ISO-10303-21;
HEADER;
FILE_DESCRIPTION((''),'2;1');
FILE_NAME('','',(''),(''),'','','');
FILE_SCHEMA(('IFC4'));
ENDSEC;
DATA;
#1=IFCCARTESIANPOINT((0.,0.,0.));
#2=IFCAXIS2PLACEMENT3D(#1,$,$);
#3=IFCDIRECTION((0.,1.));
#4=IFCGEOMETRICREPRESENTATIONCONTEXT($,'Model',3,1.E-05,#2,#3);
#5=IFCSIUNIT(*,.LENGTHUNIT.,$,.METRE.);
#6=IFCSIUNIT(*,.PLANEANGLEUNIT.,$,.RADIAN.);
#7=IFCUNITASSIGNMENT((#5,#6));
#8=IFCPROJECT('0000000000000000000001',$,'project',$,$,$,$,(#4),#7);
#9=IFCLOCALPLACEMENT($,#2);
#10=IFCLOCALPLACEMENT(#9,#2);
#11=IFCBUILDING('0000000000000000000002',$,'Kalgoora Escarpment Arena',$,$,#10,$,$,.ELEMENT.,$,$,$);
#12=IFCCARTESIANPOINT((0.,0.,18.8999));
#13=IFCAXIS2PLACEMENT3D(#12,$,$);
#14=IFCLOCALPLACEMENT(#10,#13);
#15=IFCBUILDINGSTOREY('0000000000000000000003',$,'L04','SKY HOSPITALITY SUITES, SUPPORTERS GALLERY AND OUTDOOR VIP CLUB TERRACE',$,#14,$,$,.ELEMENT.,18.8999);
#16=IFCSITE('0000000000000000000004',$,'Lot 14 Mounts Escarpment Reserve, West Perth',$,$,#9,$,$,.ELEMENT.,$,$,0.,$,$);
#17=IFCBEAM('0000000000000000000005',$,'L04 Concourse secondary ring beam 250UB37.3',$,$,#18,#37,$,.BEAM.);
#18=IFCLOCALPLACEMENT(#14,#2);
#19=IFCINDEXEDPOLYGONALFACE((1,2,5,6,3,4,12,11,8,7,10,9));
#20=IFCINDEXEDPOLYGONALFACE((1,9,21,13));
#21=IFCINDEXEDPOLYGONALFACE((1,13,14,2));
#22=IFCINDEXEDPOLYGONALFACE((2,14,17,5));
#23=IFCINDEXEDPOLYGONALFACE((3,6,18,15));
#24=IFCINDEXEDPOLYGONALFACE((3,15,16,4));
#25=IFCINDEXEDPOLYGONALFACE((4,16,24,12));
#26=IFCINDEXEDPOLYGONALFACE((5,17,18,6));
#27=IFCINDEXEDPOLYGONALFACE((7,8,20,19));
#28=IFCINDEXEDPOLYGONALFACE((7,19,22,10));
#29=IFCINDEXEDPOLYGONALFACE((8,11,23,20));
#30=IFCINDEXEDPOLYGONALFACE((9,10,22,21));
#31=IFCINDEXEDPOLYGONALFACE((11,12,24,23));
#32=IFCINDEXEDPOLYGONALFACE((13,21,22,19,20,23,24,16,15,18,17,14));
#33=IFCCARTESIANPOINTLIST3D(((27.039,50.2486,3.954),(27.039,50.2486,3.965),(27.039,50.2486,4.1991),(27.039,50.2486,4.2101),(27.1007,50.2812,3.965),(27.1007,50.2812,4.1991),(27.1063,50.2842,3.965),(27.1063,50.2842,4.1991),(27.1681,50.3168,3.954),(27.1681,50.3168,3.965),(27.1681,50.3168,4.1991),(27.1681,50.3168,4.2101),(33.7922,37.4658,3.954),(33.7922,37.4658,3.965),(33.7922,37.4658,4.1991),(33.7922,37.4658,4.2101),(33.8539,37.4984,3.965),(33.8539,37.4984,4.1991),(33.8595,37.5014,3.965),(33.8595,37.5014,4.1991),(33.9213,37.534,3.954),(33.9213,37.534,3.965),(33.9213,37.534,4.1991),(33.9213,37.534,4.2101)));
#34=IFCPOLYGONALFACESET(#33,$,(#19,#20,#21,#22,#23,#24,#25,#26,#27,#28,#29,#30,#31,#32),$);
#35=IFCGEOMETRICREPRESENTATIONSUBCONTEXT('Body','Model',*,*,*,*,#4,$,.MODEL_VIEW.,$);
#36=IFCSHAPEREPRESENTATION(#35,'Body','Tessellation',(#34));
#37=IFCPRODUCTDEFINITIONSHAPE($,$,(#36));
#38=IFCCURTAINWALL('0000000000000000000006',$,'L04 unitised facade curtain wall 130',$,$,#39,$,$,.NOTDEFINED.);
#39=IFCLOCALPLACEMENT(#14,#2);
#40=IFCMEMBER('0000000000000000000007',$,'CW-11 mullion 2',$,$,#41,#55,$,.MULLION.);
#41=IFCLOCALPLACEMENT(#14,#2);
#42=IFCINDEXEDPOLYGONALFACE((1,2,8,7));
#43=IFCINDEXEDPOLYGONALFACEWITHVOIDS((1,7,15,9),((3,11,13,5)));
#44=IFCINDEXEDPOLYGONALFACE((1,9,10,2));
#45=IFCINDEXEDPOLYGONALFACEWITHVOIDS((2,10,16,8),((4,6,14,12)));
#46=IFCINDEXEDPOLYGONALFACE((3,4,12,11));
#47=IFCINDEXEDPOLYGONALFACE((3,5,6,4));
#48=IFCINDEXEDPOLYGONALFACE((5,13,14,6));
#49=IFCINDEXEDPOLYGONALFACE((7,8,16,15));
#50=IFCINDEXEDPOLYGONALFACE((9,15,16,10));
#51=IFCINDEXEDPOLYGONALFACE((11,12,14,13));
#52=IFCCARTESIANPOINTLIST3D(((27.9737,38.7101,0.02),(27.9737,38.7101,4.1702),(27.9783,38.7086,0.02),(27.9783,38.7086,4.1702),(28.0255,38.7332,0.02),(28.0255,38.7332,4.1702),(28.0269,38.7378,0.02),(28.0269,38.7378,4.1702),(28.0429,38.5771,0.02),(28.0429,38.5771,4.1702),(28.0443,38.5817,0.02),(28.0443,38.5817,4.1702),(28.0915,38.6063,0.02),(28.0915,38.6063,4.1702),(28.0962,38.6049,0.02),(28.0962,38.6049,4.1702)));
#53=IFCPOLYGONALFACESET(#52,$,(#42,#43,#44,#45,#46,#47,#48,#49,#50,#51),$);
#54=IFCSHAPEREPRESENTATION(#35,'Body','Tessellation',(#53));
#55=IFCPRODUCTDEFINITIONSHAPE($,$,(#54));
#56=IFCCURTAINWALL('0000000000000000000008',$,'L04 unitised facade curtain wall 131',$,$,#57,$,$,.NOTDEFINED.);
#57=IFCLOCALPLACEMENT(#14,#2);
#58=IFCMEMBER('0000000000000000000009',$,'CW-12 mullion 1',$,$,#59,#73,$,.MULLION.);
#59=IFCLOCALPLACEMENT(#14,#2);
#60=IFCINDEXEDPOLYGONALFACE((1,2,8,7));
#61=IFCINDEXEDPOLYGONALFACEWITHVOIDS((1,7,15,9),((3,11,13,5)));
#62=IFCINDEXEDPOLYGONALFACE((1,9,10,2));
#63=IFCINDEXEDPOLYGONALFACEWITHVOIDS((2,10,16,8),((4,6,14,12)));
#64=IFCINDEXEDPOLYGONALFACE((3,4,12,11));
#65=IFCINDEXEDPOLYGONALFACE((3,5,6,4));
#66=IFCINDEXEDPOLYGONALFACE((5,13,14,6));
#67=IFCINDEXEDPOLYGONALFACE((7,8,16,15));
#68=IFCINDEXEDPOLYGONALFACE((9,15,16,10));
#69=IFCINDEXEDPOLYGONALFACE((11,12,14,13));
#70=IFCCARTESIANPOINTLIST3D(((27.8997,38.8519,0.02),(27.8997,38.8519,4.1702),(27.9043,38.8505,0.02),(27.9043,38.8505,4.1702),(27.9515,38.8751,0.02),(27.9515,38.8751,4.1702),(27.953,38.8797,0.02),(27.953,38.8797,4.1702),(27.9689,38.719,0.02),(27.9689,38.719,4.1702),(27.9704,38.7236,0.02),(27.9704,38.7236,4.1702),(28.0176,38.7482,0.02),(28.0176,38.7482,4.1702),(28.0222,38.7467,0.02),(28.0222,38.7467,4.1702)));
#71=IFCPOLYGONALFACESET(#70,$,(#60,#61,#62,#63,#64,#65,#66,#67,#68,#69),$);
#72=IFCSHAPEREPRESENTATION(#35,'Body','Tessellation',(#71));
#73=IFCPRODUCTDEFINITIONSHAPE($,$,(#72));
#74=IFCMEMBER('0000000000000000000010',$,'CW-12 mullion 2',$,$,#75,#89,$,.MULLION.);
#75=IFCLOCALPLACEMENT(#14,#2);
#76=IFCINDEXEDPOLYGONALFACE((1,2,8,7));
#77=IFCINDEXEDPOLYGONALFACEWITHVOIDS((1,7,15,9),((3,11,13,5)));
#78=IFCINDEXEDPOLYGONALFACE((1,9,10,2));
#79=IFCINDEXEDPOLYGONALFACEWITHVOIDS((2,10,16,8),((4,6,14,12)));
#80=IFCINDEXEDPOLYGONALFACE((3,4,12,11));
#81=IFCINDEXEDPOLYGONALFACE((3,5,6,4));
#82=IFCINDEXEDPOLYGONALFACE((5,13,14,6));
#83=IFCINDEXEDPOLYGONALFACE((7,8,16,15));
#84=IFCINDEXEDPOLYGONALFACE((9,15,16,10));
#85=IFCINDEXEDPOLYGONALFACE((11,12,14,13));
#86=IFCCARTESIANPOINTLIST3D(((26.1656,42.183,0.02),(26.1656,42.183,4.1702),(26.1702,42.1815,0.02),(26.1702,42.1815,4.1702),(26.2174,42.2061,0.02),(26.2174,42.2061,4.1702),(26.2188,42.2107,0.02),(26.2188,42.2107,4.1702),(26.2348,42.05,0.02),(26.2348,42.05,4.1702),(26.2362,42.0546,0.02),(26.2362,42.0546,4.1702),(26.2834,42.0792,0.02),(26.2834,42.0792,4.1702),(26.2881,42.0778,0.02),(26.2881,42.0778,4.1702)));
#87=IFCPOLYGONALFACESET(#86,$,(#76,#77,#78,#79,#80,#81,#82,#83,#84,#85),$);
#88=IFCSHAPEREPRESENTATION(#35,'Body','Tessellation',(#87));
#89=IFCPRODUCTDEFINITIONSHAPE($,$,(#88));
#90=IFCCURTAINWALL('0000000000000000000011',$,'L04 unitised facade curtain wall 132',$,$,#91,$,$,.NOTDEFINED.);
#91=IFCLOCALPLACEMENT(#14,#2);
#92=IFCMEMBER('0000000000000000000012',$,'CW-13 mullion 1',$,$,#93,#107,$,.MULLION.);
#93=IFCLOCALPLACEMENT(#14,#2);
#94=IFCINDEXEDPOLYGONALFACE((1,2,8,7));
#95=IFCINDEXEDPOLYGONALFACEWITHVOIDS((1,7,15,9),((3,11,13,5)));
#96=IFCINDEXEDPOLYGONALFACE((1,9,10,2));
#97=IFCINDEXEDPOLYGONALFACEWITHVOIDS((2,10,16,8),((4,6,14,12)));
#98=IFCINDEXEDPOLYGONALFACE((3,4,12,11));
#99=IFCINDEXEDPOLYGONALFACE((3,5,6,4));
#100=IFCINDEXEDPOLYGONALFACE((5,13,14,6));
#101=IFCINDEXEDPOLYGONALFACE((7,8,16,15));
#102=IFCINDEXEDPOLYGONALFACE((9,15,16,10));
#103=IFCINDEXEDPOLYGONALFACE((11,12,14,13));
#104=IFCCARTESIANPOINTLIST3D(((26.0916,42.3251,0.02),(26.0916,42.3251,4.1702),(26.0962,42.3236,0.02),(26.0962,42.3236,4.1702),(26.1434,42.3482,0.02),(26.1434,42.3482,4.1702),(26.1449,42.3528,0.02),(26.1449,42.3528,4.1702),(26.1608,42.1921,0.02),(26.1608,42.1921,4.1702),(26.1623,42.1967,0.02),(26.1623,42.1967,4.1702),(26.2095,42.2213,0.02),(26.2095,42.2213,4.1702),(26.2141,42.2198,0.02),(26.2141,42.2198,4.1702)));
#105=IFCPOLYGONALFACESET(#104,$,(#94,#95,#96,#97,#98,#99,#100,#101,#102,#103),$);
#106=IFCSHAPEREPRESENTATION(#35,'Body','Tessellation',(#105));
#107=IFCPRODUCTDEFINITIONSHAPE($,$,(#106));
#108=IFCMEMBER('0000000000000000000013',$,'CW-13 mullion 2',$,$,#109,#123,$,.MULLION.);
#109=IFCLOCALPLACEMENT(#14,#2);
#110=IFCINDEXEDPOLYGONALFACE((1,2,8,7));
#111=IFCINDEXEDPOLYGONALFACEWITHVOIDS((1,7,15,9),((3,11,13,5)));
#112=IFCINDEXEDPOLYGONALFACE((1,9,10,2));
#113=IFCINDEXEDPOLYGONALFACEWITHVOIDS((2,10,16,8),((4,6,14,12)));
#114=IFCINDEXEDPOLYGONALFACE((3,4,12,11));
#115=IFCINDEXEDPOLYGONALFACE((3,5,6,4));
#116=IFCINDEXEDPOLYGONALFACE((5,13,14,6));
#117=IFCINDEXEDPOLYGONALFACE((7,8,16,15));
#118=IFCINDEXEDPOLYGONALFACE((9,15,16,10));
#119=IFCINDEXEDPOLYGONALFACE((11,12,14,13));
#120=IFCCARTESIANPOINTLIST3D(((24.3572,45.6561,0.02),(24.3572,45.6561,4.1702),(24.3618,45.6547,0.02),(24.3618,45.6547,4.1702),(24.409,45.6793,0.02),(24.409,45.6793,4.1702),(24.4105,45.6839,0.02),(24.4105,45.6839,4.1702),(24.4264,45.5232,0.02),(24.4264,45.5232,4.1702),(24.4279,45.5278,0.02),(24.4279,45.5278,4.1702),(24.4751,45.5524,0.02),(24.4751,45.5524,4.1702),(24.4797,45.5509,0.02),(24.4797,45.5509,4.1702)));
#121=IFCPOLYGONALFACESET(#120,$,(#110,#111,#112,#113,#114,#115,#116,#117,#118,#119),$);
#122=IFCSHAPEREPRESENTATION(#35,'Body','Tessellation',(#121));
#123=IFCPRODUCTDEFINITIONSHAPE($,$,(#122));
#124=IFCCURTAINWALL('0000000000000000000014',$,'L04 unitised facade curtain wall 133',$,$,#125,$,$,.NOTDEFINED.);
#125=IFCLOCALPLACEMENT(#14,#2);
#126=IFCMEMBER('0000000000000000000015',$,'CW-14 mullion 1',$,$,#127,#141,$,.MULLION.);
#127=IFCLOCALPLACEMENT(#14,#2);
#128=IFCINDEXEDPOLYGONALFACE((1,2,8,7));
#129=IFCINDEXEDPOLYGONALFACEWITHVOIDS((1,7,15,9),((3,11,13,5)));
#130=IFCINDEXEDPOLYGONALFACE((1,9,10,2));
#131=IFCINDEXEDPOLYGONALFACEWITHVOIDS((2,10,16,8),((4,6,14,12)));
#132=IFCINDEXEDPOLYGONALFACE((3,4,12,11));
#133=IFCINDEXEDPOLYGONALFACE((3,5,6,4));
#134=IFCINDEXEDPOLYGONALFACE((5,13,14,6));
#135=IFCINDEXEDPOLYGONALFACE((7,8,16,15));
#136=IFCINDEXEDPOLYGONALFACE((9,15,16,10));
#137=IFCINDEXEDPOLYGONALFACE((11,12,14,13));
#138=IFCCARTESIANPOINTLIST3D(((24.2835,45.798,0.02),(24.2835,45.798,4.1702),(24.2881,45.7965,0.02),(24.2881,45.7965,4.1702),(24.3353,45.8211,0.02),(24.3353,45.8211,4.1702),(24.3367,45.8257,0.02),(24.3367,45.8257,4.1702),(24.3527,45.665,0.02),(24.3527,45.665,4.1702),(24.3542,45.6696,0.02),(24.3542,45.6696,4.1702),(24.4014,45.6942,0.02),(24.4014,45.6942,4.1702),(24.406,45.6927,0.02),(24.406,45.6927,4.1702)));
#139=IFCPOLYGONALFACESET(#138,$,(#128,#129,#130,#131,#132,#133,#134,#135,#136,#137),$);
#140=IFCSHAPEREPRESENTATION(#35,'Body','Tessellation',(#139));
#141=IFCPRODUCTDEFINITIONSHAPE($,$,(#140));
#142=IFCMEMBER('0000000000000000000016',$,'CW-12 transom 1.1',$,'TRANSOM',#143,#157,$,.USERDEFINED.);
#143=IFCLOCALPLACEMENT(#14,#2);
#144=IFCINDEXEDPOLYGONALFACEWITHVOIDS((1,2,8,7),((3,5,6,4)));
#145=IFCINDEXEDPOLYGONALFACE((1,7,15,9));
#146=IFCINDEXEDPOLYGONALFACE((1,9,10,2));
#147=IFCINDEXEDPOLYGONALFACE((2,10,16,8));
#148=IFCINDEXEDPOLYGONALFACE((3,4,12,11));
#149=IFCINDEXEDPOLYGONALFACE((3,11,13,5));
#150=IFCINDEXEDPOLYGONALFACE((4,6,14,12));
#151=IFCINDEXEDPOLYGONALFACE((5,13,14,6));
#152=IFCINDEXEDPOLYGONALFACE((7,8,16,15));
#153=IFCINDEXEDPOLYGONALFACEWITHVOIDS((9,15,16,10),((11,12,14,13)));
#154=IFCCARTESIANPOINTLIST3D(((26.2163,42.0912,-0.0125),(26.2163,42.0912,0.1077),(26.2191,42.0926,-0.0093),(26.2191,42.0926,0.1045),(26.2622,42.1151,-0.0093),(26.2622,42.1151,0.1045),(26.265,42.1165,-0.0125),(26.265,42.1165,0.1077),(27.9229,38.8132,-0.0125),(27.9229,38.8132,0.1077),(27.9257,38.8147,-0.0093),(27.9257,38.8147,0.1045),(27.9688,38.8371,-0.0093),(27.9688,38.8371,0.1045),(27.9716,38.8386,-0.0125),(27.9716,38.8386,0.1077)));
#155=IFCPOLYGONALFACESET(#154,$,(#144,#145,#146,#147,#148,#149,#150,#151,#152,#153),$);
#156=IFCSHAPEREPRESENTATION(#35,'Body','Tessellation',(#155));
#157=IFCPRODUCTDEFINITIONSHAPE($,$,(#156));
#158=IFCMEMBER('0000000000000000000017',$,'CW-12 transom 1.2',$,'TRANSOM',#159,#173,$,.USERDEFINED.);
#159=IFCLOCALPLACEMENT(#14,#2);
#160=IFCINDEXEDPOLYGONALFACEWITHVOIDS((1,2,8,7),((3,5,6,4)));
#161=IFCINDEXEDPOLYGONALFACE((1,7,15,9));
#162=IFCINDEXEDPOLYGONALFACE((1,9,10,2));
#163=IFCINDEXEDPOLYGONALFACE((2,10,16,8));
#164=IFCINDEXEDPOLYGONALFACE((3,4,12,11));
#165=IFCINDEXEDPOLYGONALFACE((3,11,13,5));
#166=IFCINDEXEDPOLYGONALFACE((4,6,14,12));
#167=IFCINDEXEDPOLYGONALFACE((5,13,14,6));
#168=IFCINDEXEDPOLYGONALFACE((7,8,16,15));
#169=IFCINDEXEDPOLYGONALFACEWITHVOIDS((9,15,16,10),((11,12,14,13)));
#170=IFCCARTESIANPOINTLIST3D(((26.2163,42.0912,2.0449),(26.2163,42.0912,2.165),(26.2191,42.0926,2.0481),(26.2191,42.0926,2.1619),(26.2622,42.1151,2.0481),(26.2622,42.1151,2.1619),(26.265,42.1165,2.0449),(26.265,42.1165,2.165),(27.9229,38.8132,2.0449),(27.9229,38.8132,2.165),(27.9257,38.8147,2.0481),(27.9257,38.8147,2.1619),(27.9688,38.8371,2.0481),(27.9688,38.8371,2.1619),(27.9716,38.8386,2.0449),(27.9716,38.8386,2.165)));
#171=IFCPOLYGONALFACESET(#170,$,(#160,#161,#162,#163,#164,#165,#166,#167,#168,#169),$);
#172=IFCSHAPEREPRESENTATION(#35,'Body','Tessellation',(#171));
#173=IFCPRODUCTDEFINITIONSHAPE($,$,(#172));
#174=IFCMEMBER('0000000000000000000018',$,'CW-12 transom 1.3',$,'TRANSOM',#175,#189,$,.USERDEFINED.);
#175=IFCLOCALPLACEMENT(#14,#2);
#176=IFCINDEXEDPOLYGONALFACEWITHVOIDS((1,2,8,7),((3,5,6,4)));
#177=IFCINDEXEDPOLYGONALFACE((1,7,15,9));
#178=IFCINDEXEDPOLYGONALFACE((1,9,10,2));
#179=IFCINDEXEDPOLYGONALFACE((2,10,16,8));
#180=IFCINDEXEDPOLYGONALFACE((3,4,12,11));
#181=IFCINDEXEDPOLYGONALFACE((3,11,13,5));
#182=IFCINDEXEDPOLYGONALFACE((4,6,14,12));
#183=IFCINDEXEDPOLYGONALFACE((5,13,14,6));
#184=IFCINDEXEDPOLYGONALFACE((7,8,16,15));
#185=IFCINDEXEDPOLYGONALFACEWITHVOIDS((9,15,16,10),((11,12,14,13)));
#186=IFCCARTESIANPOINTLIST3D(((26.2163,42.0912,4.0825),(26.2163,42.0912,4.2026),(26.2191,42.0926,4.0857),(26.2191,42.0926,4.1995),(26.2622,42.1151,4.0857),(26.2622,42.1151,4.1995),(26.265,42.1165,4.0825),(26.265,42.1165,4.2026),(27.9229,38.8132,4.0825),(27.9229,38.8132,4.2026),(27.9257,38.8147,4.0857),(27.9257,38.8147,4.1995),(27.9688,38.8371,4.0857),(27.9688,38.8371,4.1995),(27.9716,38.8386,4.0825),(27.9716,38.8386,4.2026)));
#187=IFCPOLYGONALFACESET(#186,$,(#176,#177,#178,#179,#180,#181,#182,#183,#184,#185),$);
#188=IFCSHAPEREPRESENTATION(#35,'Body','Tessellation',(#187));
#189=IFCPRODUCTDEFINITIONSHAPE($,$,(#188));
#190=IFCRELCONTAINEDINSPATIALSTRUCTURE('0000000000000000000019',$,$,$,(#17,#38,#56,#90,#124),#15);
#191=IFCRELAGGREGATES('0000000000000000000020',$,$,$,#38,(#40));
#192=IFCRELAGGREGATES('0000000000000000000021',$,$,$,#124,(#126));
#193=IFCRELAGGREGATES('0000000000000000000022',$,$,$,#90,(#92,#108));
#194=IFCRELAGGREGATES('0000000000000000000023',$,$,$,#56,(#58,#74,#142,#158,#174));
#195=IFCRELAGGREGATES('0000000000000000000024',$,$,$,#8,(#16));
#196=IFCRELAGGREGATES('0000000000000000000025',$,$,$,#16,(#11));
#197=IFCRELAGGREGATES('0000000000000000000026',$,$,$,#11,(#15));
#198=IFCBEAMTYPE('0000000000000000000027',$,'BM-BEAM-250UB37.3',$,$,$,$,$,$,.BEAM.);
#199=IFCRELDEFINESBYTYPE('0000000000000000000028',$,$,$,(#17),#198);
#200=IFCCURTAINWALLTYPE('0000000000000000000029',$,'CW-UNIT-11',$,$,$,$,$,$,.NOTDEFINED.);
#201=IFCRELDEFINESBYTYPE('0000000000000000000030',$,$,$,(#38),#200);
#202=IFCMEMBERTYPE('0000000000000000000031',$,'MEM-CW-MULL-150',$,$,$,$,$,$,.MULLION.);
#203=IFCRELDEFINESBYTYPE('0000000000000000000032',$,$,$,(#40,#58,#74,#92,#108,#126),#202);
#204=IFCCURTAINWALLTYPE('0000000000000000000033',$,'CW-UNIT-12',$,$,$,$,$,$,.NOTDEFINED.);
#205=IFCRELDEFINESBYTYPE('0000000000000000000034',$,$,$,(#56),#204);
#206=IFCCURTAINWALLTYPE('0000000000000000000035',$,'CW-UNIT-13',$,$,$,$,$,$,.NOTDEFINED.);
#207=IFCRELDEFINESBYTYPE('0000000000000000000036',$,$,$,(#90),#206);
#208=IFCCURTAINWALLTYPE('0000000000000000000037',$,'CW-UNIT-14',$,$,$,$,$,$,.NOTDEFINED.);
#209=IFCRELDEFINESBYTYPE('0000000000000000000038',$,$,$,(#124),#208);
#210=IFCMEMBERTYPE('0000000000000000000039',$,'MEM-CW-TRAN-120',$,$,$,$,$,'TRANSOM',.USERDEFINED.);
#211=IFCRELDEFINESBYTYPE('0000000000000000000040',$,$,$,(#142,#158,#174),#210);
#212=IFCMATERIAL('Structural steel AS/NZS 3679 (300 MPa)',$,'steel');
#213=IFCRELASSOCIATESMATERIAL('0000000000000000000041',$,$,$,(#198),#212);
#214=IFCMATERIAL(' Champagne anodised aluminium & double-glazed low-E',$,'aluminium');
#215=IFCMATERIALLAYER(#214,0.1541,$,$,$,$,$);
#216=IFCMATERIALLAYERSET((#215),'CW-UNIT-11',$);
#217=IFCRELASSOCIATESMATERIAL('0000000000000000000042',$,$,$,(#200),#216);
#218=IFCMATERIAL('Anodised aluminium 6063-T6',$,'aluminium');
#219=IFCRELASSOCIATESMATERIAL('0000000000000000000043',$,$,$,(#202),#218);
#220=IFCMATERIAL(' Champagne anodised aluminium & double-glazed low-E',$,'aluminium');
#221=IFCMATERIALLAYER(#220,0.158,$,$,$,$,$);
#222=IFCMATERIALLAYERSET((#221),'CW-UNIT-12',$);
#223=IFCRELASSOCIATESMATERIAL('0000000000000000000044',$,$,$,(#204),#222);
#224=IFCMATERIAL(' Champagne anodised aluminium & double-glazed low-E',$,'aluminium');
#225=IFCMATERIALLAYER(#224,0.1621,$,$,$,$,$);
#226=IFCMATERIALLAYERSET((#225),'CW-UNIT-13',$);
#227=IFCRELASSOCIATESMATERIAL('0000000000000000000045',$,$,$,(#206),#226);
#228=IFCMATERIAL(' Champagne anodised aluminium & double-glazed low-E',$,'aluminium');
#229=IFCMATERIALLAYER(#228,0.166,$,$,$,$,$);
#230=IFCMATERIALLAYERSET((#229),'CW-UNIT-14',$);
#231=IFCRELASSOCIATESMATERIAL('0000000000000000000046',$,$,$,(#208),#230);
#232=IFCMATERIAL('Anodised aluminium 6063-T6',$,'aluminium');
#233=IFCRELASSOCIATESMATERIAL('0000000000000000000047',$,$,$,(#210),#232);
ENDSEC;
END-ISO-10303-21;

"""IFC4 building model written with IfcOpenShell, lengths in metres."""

from ifc_helpers import new_model, si_unit, direction, frame, origin, origin_2d, place, context, subcontext, project, spatial, hollow_rectangle, i_section, extrude, material, layer, layer_set, material_profile, profile_set, type_object, element, aggregate, save


model = new_model("IFC4")

# Units and contexts
model_context = context("Model", 3, precision=1e-05, world=origin(), true_north=direction((0.0, 1.0)))
body_context = subcontext(model_context, "Body", "Model", "MODEL_VIEW")
ifc_project = project(units=[si_unit("LENGTHUNIT", "METRE"), si_unit("PLANEANGLEUNIT", "RADIAN")], contexts=[model_context])

# Site, building, storey
site_placement = place(None, origin())
site = spatial("IfcSite", under=ifc_project, at=site_placement, Name="Lot 14 Mounts Escarpment Reserve, West Perth", CompositionType="ELEMENT", RefElevation=0.0)
building_placement = place(site_placement, origin())
building = spatial("IfcBuilding", under=site, at=building_placement, Name="Kalgoora Escarpment Arena", CompositionType="ELEMENT")
storey_placement = place(building_placement, frame((0.0, 0.0, 18.8999)))
storey = spatial("IfcBuildingStorey", under=building, at=storey_placement, Name="L04", Description="SKY HOSPITALITY SUITES, SUPPORTERS GALLERY AND OUTDOOR VIP CLUB TERRACE", CompositionType="ELEMENT", Elevation=18.8999)

# Beam
ifc_material_1 = material(Name="Structural steel AS/NZS 3679 (300 MPa)", Category="steel")
ifc_material_profile_1 = material_profile(ifc_material_1, i_section(OverallWidth=0.146, OverallDepth=0.2561, WebThickness=0.0063, FlangeThickness=0.011, at=origin_2d()))
ifc_profile_set_1 = profile_set([ifc_material_profile_1], Name="Structural steel AS/NZS 3679 (300 MPa)")
beam_type = type_object("IfcBeamType", Name="BM-BEAM-250UB37.3", PredefinedType="BEAM", material=ifc_profile_set_1)
beam_placement = place(storey_placement, frame((27.1035, 50.2827, 4.082), z_axis=(0.467123, -0.884192, 0.0), x_axis=(0.884192, 0.467123, 0.0)))
element("IfcBeam", 1, at=beam_placement, inside=storey, type_object=beam_type, Name="L04 Concourse secondary ring beam 250UB37.3", PredefinedType="BEAM", context=body_context, shape_type="SweptSolid", body=[
    extrude(i_section(OverallWidth=0.146, OverallDepth=0.2561, WebThickness=0.0063, FlangeThickness=0.011, at=origin_2d()), origin(), (0.0, 0.0, 1.0), 14.457),
])

# Curtain wall, member
ifc_material_2 = material(Name=" Champagne anodised aluminium & double-glazed low-E", Category="aluminium")
ifc_layer_1 = layer(ifc_material_2, 0.1541)
ifc_layer_set_1 = layer_set([ifc_layer_1], Name="CW-UNIT-11")
curtain_wall_type_1 = type_object("IfcCurtainWallType", Name="CW-UNIT-11", PredefinedType="NOTDEFINED", material=ifc_layer_set_1)
curtain_wall_1_placement = place(storey_placement, origin())
curtain_wall_1 = element("IfcCurtainWall", 2, at=curtain_wall_1_placement, inside=storey, type_object=curtain_wall_type_1, Name="L04 unitised facade curtain wall 130", PredefinedType="NOTDEFINED")
ifc_material_3 = material(Name="Anodised aluminium 6063-T6", Category="aluminium")
ifc_material_profile_2 = material_profile(ifc_material_3, hollow_rectangle(XDim=0.0601, YDim=0.1499, WallThickness=0.0034, at=origin_2d()))
ifc_profile_set_2 = profile_set([ifc_material_profile_2], Name="Anodised aluminium 6063-T6")
member_type_1 = type_object("IfcMemberType", Name="MEM-CW-MULL-150", PredefinedType="MULLION", material=ifc_profile_set_2)
member_1_placement = place(storey_placement, frame((28.0349, 38.6575, 0.02), z_axis=(0.0, 0.0, 1.0), x_axis=(-0.886986, -0.461796, 0.0)))
member_1 = element("IfcMember", 3, at=member_1_placement, type_object=member_type_1, Name="CW-11 mullion 2", PredefinedType="MULLION", context=body_context, shape_type="SweptSolid", body=[
    extrude(hollow_rectangle(XDim=0.0601, YDim=0.1499, WallThickness=0.0034, at=origin_2d()), origin(), (0.0, 0.0, 1.0), 4.1501),
])
aggregate(curtain_wall_1, [member_1])

# Curtain walls, members
ifc_material_4 = material(Name=" Champagne anodised aluminium & double-glazed low-E", Category="aluminium")
ifc_layer_2 = layer(ifc_material_4, 0.158)
ifc_layer_set_2 = layer_set([ifc_layer_2], Name="CW-UNIT-12")
curtain_wall_type_2 = type_object("IfcCurtainWallType", Name="CW-UNIT-12", PredefinedType="NOTDEFINED", material=ifc_layer_set_2)
curtain_wall_2_placement = place(storey_placement, origin())
curtain_wall_2 = element("IfcCurtainWall", 4, at=curtain_wall_2_placement, inside=storey, type_object=curtain_wall_type_2, Name="L04 unitised facade curtain wall 131", PredefinedType="NOTDEFINED")
member_2_placement = place(storey_placement, frame((27.9609, 38.7993, 0.02), z_axis=(0.0, 0.0, 1.0), x_axis=(-0.886985, -0.461799, 0.0)))
member_2 = element("IfcMember", 5, at=member_2_placement, type_object=member_type_1, Name="CW-12 mullion 1", PredefinedType="MULLION", context=body_context, shape_type="SweptSolid", body=[
    extrude(hollow_rectangle(XDim=0.0601, YDim=0.1499, WallThickness=0.0034, at=origin_2d()), origin(), (0.0, 0.0, 1.0), 4.1501),
])
member_3_placement = place(storey_placement, frame((26.2268, 42.1304, 0.02), z_axis=(0.0, 0.0, 1.0), x_axis=(-0.886985, -0.461799, 0.0)))
member_3 = element("IfcMember", 6, at=member_3_placement, type_object=member_type_1, Name="CW-12 mullion 2", PredefinedType="MULLION", context=body_context, shape_type="SweptSolid", body=[
    extrude(hollow_rectangle(XDim=0.0601, YDim=0.1499, WallThickness=0.0034, at=origin_2d()), origin(), (0.0, 0.0, 1.0), 4.1501),
])
ifc_material_5 = material(Name=" Champagne anodised aluminium & double-glazed low-E", Category="aluminium")
ifc_layer_3 = layer(ifc_material_5, 0.1621)
ifc_layer_set_3 = layer_set([ifc_layer_3], Name="CW-UNIT-13")
curtain_wall_type_3 = type_object("IfcCurtainWallType", Name="CW-UNIT-13", PredefinedType="NOTDEFINED", material=ifc_layer_set_3)
curtain_wall_3_placement = place(storey_placement, origin())
curtain_wall_3 = element("IfcCurtainWall", 7, at=curtain_wall_3_placement, inside=storey, type_object=curtain_wall_type_3, Name="L04 unitised facade curtain wall 132", PredefinedType="NOTDEFINED")
member_4_placement = place(storey_placement, frame((26.1528, 42.2725, 0.02), z_axis=(0.0, 0.0, 1.0), x_axis=(-0.886985, -0.461799, 0.0)))
member_4 = element("IfcMember", 8, at=member_4_placement, type_object=member_type_1, Name="CW-13 mullion 1", PredefinedType="MULLION", context=body_context, shape_type="SweptSolid", body=[
    extrude(hollow_rectangle(XDim=0.0601, YDim=0.1499, WallThickness=0.0034, at=origin_2d()), origin(), (0.0, 0.0, 1.0), 4.1501),
])
member_5_placement = place(storey_placement, frame((24.4185, 45.6035, 0.02), z_axis=(0.0, 0.0, 1.0), x_axis=(-0.886985, -0.461799, 0.0)))
member_5 = element("IfcMember", 9, at=member_5_placement, type_object=member_type_1, Name="CW-13 mullion 2", PredefinedType="MULLION", context=body_context, shape_type="SweptSolid", body=[
    extrude(hollow_rectangle(XDim=0.0601, YDim=0.1499, WallThickness=0.0034, at=origin_2d()), origin(), (0.0, 0.0, 1.0), 4.1501),
])

# Curtain wall, member
ifc_material_6 = material(Name=" Champagne anodised aluminium & double-glazed low-E", Category="aluminium")
ifc_layer_4 = layer(ifc_material_6, 0.166)
ifc_layer_set_4 = layer_set([ifc_layer_4], Name="CW-UNIT-14")
curtain_wall_type_4 = type_object("IfcCurtainWallType", Name="CW-UNIT-14", PredefinedType="NOTDEFINED", material=ifc_layer_set_4)
curtain_wall_4_placement = place(storey_placement, origin())
curtain_wall_4 = element("IfcCurtainWall", 10, at=curtain_wall_4_placement, inside=storey, type_object=curtain_wall_type_4, Name="L04 unitised facade curtain wall 133", PredefinedType="NOTDEFINED")
member_6_placement = place(storey_placement, frame((24.3447, 45.7454, 0.02), z_axis=(0.0, 0.0, 1.0), x_axis=(-0.886981, -0.461806, 0.0)))
member_6 = element("IfcMember", 11, at=member_6_placement, type_object=member_type_1, Name="CW-14 mullion 1", PredefinedType="MULLION", context=body_context, shape_type="SweptSolid", body=[
    extrude(hollow_rectangle(XDim=0.0601, YDim=0.1499, WallThickness=0.0034, at=origin_2d()), origin(), (0.0, 0.0, 1.0), 4.1501),
])

# Members
ifc_material_7 = material(Name="Anodised aluminium 6063-T6", Category="aluminium")
ifc_material_profile_3 = material_profile(ifc_material_7, hollow_rectangle(XDim=0.0549, YDim=0.1201, WallThickness=0.0032, at=origin_2d()))
ifc_profile_set_3 = profile_set([ifc_material_profile_3], Name="Anodised aluminium 6063-T6")
member_type_2 = type_object("IfcMemberType", Name="MEM-CW-TRAN-120", ElementType="TRANSOM", PredefinedType="USERDEFINED", material=ifc_profile_set_3)
member_7_placement = place(storey_placement, frame((27.9473, 38.8259, 0.0476), z_axis=(-0.461794, 0.886987, 0.0), x_axis=(-0.886987, -0.461794, 0.0)))
member_7 = element("IfcMember", 12, at=member_7_placement, type_object=member_type_2, Name="CW-12 transom 1.1", ObjectType="TRANSOM", PredefinedType="USERDEFINED", context=body_context, shape_type="SweptSolid", body=[
    extrude(hollow_rectangle(XDim=0.0549, YDim=0.1201, WallThickness=0.0032, at=origin_2d()), origin(), (0.0, 0.0, 1.0), 3.6956),
])
member_8_placement = place(storey_placement, frame((27.9473, 38.8259, 2.105), z_axis=(-0.461794, 0.886987, 0.0), x_axis=(-0.886987, -0.461794, 0.0)))
member_8 = element("IfcMember", 13, at=member_8_placement, type_object=member_type_2, Name="CW-12 transom 1.2", ObjectType="TRANSOM", PredefinedType="USERDEFINED", context=body_context, shape_type="SweptSolid", body=[
    extrude(hollow_rectangle(XDim=0.0549, YDim=0.1201, WallThickness=0.0032, at=origin_2d()), origin(), (0.0, 0.0, 1.0), 3.6956),
])
member_9_placement = place(storey_placement, frame((27.9473, 38.8259, 4.1426), z_axis=(-0.461794, 0.886987, 0.0), x_axis=(-0.886987, -0.461794, 0.0)))
member_9 = element("IfcMember", 14, at=member_9_placement, type_object=member_type_2, Name="CW-12 transom 1.3", ObjectType="TRANSOM", PredefinedType="USERDEFINED", context=body_context, shape_type="SweptSolid", body=[
    extrude(hollow_rectangle(XDim=0.0549, YDim=0.1201, WallThickness=0.0032, at=origin_2d()), origin(), (0.0, 0.0, 1.0), 3.6956),
])
aggregate(curtain_wall_4, [member_6])

aggregate(curtain_wall_3, [member_4, member_5])
aggregate(curtain_wall_2, [member_2, member_3, member_7, member_8, member_9])

save(model, "model.ifc")
